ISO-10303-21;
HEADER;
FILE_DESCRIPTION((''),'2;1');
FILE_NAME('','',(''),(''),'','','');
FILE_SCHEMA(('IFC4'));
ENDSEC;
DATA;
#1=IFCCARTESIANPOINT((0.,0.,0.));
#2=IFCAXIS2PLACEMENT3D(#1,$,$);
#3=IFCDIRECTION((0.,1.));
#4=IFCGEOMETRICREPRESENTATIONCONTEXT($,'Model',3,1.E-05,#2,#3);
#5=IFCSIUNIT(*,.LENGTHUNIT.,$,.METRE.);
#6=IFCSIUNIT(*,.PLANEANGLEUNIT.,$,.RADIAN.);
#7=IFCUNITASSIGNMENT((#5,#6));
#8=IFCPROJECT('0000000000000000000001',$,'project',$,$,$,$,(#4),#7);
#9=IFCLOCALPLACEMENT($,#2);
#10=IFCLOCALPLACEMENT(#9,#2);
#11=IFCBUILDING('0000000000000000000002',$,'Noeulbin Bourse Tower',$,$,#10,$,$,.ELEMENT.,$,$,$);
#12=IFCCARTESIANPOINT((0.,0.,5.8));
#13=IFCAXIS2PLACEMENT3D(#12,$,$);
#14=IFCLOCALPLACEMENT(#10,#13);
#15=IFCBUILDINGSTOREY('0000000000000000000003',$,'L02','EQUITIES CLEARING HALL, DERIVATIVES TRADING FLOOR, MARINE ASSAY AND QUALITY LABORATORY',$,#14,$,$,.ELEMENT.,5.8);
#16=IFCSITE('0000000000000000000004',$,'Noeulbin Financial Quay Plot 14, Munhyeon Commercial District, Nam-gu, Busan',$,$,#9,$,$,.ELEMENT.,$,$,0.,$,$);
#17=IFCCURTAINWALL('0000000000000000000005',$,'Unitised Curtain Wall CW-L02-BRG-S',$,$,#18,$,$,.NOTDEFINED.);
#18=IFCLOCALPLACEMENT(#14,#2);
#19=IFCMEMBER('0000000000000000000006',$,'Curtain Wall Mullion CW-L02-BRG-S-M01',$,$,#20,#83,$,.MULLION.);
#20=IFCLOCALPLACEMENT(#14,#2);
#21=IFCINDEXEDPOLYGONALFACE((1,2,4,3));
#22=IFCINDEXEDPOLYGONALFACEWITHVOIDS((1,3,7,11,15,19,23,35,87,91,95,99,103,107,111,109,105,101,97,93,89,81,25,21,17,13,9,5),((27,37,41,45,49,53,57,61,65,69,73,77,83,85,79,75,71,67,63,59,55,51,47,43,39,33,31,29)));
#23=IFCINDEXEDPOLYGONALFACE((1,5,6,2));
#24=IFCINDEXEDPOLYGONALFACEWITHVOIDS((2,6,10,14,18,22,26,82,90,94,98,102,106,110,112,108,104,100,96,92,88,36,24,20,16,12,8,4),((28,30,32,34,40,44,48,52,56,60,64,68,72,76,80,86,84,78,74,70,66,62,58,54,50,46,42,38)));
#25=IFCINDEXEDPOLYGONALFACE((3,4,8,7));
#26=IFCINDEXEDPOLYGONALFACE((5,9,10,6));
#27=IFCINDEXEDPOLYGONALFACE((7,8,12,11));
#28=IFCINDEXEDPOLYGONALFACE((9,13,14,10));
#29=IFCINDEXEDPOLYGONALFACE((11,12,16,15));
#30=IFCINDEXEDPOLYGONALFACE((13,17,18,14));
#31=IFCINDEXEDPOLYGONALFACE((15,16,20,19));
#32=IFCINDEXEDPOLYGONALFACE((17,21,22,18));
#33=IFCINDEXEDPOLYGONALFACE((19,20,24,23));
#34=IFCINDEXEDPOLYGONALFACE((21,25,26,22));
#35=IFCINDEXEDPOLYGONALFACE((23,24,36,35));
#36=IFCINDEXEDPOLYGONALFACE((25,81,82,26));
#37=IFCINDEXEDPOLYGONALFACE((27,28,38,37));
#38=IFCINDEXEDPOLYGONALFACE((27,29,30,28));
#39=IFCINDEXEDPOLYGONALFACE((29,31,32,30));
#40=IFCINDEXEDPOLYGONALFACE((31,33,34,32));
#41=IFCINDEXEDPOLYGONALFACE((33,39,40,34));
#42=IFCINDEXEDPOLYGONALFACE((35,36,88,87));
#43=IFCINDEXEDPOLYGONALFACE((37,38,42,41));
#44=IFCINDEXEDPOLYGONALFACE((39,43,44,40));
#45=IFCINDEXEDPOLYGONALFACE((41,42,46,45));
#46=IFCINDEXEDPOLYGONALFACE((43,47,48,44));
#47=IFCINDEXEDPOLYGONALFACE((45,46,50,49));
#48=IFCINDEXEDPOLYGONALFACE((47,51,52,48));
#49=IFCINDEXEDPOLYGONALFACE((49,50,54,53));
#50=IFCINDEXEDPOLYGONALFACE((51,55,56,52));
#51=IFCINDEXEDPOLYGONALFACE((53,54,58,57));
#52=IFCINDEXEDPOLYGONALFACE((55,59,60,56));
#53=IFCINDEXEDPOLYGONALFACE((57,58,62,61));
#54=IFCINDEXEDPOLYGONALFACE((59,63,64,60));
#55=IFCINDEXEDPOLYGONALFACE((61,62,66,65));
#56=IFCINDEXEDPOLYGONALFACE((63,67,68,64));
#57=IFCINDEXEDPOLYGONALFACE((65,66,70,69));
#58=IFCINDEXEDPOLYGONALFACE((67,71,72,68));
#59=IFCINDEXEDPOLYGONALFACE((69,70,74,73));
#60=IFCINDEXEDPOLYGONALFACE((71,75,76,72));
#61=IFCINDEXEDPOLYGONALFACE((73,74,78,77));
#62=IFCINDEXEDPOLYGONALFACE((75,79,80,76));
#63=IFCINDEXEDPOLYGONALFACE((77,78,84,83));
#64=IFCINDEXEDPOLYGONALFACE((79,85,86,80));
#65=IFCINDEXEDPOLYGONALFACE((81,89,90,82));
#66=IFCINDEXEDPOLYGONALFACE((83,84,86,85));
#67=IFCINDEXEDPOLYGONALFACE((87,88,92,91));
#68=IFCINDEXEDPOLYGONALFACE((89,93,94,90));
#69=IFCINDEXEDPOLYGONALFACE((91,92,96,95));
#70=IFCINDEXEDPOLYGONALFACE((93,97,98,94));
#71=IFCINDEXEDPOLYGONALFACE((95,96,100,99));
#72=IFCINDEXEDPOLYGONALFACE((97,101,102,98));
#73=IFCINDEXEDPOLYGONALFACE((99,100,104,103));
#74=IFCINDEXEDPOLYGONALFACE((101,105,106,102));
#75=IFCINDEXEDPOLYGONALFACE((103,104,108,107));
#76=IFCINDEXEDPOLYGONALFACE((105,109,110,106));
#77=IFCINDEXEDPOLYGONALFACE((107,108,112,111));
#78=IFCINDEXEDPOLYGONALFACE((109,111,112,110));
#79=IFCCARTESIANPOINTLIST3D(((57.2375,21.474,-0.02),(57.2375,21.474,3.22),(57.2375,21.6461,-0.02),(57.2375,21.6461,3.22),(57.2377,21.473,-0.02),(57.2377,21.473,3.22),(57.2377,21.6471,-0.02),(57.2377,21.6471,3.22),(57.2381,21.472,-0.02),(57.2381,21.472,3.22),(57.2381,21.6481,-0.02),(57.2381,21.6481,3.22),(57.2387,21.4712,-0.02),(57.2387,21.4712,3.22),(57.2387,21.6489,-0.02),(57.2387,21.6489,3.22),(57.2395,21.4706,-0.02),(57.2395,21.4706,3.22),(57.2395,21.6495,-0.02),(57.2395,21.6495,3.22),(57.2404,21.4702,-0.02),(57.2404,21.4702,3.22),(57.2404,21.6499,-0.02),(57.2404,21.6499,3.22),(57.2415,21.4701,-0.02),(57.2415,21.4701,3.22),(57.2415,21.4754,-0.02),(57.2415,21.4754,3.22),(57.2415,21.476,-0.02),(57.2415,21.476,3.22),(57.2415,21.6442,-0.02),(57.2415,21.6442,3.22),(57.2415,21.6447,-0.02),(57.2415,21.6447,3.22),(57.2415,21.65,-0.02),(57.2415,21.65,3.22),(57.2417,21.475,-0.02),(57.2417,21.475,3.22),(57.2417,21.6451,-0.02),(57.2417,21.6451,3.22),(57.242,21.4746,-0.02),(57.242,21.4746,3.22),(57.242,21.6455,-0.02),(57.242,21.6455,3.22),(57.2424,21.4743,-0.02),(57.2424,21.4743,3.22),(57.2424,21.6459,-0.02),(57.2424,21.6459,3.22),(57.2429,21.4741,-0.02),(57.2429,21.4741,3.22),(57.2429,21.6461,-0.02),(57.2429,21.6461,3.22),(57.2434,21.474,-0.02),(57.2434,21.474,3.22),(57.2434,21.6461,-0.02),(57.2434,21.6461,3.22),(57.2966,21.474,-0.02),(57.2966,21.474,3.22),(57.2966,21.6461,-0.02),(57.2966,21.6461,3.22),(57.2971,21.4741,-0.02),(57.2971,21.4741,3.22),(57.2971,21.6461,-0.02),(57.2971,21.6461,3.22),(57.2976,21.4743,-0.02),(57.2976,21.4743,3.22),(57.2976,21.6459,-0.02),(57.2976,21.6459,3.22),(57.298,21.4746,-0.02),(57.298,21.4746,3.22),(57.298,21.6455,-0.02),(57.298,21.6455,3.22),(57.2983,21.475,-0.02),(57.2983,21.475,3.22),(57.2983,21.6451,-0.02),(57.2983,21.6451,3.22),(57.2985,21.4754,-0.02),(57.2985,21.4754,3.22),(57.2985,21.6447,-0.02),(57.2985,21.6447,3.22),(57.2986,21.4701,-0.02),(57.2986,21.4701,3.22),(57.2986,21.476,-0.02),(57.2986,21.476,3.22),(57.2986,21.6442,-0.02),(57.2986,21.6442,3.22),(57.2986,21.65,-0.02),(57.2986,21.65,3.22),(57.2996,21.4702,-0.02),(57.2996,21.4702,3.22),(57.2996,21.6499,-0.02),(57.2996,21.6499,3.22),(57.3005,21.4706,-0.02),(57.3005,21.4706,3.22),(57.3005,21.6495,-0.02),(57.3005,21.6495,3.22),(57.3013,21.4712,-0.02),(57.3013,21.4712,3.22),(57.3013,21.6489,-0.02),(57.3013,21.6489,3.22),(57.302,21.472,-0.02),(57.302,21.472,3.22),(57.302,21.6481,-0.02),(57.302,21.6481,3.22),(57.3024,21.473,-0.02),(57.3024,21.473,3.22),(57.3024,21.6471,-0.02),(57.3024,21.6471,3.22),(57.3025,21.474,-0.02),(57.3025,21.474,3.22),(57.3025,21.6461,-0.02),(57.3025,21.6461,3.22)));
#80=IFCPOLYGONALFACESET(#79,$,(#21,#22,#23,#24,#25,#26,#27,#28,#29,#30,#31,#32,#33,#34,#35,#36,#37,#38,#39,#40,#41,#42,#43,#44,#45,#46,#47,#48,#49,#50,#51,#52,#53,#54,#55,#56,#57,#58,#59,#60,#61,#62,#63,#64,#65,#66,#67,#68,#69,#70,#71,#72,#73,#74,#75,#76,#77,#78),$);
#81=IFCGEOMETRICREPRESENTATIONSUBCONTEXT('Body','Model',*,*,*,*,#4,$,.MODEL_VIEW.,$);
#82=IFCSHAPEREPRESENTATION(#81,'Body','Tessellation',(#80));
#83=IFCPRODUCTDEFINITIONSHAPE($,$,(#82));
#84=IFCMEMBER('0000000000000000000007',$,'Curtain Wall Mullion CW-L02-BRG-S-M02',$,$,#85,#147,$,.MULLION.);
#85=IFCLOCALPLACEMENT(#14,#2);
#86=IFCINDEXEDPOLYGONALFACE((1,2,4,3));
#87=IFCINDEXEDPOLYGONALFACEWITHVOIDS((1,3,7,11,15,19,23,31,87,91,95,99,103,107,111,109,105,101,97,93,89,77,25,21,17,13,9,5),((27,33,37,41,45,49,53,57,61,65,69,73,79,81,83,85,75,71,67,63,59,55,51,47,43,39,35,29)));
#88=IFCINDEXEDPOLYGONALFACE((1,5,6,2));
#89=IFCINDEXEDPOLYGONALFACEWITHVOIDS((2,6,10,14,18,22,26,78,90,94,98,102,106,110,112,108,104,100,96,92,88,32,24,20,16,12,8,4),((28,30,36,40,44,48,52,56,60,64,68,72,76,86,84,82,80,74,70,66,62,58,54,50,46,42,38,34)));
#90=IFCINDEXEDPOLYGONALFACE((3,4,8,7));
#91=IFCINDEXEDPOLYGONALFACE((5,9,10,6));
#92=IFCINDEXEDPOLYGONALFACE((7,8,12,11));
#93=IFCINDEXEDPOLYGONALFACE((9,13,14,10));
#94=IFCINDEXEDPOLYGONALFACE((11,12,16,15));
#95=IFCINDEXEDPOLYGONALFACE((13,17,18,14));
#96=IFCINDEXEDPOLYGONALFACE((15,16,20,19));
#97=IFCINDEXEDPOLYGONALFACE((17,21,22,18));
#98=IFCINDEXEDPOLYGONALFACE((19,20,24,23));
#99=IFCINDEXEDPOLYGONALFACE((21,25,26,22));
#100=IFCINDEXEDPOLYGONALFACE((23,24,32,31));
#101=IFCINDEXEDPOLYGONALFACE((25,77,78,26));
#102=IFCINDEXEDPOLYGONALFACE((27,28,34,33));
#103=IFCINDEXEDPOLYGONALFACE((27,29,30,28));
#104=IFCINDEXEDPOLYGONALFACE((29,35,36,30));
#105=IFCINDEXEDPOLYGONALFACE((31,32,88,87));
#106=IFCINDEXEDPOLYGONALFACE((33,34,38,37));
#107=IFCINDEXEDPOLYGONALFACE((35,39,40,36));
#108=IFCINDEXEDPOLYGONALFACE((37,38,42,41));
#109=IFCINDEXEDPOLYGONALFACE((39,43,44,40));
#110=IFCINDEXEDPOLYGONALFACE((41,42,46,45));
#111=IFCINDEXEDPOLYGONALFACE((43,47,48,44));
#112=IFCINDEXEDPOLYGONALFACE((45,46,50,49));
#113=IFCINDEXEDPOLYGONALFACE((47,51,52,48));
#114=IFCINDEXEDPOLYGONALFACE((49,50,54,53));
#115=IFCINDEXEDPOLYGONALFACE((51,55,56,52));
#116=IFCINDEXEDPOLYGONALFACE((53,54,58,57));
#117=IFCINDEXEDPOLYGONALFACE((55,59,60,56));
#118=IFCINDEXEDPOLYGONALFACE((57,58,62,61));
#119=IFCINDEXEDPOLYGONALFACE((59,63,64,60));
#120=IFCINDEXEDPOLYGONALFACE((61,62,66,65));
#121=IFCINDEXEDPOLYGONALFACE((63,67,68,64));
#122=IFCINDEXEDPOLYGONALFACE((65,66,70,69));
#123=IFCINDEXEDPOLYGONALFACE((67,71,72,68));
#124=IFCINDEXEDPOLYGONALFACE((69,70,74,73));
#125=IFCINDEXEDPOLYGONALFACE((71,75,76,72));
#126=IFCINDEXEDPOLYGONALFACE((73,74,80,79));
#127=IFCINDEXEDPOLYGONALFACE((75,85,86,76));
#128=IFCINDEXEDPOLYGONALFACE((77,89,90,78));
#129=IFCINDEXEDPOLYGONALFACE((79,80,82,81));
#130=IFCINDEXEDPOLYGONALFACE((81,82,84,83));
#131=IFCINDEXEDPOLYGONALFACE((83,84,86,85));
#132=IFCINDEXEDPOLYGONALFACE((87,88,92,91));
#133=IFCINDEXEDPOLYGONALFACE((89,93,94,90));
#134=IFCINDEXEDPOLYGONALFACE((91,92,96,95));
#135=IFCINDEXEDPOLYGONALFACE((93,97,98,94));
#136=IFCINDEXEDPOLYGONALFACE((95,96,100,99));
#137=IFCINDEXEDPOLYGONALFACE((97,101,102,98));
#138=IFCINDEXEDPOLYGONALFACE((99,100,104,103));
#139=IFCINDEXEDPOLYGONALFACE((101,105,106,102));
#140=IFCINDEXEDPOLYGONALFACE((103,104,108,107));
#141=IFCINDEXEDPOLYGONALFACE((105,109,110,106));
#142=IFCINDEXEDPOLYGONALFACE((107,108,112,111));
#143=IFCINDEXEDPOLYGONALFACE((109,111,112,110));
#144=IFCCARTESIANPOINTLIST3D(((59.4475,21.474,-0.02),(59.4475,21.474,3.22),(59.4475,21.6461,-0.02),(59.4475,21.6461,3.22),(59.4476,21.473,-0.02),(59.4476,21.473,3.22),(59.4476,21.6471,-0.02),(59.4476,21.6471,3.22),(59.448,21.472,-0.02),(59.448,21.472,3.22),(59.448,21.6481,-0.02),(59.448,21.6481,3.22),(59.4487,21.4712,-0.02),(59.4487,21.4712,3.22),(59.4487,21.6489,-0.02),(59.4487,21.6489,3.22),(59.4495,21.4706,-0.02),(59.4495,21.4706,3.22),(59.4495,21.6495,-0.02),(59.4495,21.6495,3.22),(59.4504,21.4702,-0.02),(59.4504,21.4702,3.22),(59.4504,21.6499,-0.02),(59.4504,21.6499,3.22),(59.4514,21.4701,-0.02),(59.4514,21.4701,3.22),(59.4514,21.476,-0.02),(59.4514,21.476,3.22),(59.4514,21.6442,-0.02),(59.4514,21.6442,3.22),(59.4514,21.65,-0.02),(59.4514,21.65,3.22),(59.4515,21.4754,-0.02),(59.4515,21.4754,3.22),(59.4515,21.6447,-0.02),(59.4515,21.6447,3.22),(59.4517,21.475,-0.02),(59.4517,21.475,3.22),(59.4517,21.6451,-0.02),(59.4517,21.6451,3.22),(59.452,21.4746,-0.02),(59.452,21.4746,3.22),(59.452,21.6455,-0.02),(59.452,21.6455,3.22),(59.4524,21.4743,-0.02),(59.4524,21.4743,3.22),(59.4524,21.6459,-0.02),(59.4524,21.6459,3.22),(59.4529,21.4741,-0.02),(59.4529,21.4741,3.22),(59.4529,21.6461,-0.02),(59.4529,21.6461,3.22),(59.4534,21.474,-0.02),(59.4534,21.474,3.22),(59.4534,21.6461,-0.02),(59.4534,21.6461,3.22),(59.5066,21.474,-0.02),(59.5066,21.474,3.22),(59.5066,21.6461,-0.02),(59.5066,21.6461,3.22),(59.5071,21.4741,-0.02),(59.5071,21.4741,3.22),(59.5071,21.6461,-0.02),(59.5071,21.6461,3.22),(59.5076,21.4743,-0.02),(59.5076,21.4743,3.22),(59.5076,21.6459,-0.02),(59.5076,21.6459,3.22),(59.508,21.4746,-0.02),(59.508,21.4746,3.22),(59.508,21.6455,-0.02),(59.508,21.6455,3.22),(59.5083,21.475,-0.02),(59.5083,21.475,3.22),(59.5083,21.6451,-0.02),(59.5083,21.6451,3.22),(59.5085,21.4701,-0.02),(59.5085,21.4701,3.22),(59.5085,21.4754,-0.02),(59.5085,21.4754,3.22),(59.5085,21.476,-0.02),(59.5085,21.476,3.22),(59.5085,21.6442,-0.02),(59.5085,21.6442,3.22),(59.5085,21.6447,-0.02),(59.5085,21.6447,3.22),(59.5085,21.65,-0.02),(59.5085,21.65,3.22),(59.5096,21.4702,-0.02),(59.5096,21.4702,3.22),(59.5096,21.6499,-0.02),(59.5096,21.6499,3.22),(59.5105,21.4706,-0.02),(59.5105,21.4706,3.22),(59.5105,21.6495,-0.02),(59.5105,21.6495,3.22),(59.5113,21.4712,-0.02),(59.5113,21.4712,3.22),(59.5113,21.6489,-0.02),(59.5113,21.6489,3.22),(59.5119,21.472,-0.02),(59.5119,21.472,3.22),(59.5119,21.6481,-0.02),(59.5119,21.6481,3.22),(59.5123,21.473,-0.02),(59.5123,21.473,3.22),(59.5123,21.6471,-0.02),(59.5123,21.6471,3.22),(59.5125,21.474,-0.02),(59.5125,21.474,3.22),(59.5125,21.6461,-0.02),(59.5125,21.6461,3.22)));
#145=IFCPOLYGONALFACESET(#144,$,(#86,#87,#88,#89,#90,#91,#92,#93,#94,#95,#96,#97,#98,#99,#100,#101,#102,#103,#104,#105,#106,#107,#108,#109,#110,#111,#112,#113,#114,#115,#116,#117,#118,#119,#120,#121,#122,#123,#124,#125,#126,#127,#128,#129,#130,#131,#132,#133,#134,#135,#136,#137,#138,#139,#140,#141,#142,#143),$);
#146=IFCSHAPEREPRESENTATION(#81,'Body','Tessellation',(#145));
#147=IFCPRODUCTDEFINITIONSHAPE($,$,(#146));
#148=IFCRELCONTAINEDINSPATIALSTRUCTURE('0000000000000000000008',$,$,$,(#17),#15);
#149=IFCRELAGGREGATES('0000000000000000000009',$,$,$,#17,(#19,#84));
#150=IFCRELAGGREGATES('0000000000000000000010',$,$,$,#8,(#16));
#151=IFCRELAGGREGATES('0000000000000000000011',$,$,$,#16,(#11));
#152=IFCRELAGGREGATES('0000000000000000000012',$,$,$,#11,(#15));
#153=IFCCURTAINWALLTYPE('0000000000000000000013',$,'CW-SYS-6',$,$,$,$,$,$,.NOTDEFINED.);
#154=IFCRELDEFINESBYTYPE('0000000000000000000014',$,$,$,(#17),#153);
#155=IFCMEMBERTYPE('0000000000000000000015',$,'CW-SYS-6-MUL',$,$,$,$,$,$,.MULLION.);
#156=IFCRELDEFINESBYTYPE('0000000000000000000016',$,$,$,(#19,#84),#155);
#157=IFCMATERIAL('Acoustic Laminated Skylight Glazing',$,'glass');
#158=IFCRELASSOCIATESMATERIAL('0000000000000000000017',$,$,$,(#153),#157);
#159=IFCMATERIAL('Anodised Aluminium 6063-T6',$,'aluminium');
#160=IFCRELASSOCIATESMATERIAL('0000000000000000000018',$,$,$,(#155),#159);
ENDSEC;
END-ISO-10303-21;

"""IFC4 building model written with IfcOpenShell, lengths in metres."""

from ifc_helpers import new_model, si_unit, direction, frame, origin, origin_2d, place, context, subcontext, project, spatial, hollow_rectangle, extrude, material, material_profile, profile_set, type_object, element, aggregate, save


model = new_model("IFC4")

# Units and contexts
model_context = context("Model", 3, precision=1e-05, world=origin(), true_north=direction((0.0, 1.0)))
body_context = subcontext(model_context, "Body", "Model", "MODEL_VIEW")
ifc_project = project(units=[si_unit("LENGTHUNIT", "METRE"), si_unit("PLANEANGLEUNIT", "RADIAN")], contexts=[model_context])

# Site, building, storey
site_placement = place(None, origin())
site = spatial("IfcSite", under=ifc_project, at=site_placement, Name="Noeulbin Financial Quay Plot 14, Munhyeon Commercial District, Nam-gu, Busan", CompositionType="ELEMENT", RefElevation=0.0)
building_placement = place(site_placement, origin())
building = spatial("IfcBuilding", under=site, at=building_placement, Name="Noeulbin Bourse Tower", CompositionType="ELEMENT")
storey_placement = place(building_placement, frame((0.0, 0.0, 5.8)))
storey = spatial("IfcBuildingStorey", under=building, at=storey_placement, Name="L02", Description="EQUITIES CLEARING HALL, DERIVATIVES TRADING FLOOR, MARINE ASSAY AND QUALITY LABORATORY", CompositionType="ELEMENT", Elevation=5.8)

# Shared definitions
ifc_material_1 = material(Name="Anodised Aluminium 6063-T6", Category="aluminium")

# Curtain wall, members
ifc_material_2 = material(Name="Acoustic Laminated Skylight Glazing", Category="glass")
curtain_wall_type_1 = type_object("IfcCurtainWallType", Name="CW-SYS-6", PredefinedType="NOTDEFINED", material=ifc_material_2)
curtain_wall_1_placement = place(storey_placement, origin())
curtain_wall_1 = element("IfcCurtainWall", 1, at=curtain_wall_1_placement, inside=storey, type_object=curtain_wall_type_1, Name="Unitised Curtain Wall CW-L02-BRG-S", PredefinedType="NOTDEFINED")
ifc_material_profile_1 = material_profile(ifc_material_1, hollow_rectangle(XDim=0.0649, YDim=0.1799, WallThickness=0.0039, InnerFilletRadius=0.002, OuterFilletRadius=0.0039, at=origin_2d()), Name="ALU-MULL-65x180x4", Category="LoadBearing")
ifc_profile_set_1 = profile_set([ifc_material_profile_1], Name="Anodised Aluminium 6063-T6")
member_type_1 = type_object("IfcMemberType", Name="CW-SYS-6-MUL", PredefinedType="MULLION", material=ifc_profile_set_1)
member_1_placement = place(storey_placement, frame((57.27, 21.5601, -0.02), z_axis=(0.0, 0.0, 1.0), x_axis=(1.0, 0.0, 0.0)))
member_1 = element("IfcMember", 2, at=member_1_placement, type_object=member_type_1, Name="Curtain Wall Mullion CW-L02-BRG-S-M01", PredefinedType="MULLION", context=body_context, shape_type="SweptSolid", body=[
    extrude(hollow_rectangle(XDim=0.0649, YDim=0.1799, WallThickness=0.0039, InnerFilletRadius=0.002, OuterFilletRadius=0.0039, at=origin_2d()), origin(), (0.0, 0.0, 1.0), 3.24),
])
member_2_placement = place(storey_placement, frame((59.48, 21.5601, -0.02), z_axis=(0.0, 0.0, 1.0), x_axis=(1.0, 0.0, 0.0)))
member_2 = element("IfcMember", 3, at=member_2_placement, type_object=member_type_1, Name="Curtain Wall Mullion CW-L02-BRG-S-M02", PredefinedType="MULLION", context=body_context, shape_type="SweptSolid", body=[
    extrude(hollow_rectangle(XDim=0.0649, YDim=0.1799, WallThickness=0.0039, InnerFilletRadius=0.002, OuterFilletRadius=0.0039, at=origin_2d()), origin(), (0.0, 0.0, 1.0), 3.24),
])

aggregate(curtain_wall_1, [member_1, member_2])

save(model, "model.ifc")
